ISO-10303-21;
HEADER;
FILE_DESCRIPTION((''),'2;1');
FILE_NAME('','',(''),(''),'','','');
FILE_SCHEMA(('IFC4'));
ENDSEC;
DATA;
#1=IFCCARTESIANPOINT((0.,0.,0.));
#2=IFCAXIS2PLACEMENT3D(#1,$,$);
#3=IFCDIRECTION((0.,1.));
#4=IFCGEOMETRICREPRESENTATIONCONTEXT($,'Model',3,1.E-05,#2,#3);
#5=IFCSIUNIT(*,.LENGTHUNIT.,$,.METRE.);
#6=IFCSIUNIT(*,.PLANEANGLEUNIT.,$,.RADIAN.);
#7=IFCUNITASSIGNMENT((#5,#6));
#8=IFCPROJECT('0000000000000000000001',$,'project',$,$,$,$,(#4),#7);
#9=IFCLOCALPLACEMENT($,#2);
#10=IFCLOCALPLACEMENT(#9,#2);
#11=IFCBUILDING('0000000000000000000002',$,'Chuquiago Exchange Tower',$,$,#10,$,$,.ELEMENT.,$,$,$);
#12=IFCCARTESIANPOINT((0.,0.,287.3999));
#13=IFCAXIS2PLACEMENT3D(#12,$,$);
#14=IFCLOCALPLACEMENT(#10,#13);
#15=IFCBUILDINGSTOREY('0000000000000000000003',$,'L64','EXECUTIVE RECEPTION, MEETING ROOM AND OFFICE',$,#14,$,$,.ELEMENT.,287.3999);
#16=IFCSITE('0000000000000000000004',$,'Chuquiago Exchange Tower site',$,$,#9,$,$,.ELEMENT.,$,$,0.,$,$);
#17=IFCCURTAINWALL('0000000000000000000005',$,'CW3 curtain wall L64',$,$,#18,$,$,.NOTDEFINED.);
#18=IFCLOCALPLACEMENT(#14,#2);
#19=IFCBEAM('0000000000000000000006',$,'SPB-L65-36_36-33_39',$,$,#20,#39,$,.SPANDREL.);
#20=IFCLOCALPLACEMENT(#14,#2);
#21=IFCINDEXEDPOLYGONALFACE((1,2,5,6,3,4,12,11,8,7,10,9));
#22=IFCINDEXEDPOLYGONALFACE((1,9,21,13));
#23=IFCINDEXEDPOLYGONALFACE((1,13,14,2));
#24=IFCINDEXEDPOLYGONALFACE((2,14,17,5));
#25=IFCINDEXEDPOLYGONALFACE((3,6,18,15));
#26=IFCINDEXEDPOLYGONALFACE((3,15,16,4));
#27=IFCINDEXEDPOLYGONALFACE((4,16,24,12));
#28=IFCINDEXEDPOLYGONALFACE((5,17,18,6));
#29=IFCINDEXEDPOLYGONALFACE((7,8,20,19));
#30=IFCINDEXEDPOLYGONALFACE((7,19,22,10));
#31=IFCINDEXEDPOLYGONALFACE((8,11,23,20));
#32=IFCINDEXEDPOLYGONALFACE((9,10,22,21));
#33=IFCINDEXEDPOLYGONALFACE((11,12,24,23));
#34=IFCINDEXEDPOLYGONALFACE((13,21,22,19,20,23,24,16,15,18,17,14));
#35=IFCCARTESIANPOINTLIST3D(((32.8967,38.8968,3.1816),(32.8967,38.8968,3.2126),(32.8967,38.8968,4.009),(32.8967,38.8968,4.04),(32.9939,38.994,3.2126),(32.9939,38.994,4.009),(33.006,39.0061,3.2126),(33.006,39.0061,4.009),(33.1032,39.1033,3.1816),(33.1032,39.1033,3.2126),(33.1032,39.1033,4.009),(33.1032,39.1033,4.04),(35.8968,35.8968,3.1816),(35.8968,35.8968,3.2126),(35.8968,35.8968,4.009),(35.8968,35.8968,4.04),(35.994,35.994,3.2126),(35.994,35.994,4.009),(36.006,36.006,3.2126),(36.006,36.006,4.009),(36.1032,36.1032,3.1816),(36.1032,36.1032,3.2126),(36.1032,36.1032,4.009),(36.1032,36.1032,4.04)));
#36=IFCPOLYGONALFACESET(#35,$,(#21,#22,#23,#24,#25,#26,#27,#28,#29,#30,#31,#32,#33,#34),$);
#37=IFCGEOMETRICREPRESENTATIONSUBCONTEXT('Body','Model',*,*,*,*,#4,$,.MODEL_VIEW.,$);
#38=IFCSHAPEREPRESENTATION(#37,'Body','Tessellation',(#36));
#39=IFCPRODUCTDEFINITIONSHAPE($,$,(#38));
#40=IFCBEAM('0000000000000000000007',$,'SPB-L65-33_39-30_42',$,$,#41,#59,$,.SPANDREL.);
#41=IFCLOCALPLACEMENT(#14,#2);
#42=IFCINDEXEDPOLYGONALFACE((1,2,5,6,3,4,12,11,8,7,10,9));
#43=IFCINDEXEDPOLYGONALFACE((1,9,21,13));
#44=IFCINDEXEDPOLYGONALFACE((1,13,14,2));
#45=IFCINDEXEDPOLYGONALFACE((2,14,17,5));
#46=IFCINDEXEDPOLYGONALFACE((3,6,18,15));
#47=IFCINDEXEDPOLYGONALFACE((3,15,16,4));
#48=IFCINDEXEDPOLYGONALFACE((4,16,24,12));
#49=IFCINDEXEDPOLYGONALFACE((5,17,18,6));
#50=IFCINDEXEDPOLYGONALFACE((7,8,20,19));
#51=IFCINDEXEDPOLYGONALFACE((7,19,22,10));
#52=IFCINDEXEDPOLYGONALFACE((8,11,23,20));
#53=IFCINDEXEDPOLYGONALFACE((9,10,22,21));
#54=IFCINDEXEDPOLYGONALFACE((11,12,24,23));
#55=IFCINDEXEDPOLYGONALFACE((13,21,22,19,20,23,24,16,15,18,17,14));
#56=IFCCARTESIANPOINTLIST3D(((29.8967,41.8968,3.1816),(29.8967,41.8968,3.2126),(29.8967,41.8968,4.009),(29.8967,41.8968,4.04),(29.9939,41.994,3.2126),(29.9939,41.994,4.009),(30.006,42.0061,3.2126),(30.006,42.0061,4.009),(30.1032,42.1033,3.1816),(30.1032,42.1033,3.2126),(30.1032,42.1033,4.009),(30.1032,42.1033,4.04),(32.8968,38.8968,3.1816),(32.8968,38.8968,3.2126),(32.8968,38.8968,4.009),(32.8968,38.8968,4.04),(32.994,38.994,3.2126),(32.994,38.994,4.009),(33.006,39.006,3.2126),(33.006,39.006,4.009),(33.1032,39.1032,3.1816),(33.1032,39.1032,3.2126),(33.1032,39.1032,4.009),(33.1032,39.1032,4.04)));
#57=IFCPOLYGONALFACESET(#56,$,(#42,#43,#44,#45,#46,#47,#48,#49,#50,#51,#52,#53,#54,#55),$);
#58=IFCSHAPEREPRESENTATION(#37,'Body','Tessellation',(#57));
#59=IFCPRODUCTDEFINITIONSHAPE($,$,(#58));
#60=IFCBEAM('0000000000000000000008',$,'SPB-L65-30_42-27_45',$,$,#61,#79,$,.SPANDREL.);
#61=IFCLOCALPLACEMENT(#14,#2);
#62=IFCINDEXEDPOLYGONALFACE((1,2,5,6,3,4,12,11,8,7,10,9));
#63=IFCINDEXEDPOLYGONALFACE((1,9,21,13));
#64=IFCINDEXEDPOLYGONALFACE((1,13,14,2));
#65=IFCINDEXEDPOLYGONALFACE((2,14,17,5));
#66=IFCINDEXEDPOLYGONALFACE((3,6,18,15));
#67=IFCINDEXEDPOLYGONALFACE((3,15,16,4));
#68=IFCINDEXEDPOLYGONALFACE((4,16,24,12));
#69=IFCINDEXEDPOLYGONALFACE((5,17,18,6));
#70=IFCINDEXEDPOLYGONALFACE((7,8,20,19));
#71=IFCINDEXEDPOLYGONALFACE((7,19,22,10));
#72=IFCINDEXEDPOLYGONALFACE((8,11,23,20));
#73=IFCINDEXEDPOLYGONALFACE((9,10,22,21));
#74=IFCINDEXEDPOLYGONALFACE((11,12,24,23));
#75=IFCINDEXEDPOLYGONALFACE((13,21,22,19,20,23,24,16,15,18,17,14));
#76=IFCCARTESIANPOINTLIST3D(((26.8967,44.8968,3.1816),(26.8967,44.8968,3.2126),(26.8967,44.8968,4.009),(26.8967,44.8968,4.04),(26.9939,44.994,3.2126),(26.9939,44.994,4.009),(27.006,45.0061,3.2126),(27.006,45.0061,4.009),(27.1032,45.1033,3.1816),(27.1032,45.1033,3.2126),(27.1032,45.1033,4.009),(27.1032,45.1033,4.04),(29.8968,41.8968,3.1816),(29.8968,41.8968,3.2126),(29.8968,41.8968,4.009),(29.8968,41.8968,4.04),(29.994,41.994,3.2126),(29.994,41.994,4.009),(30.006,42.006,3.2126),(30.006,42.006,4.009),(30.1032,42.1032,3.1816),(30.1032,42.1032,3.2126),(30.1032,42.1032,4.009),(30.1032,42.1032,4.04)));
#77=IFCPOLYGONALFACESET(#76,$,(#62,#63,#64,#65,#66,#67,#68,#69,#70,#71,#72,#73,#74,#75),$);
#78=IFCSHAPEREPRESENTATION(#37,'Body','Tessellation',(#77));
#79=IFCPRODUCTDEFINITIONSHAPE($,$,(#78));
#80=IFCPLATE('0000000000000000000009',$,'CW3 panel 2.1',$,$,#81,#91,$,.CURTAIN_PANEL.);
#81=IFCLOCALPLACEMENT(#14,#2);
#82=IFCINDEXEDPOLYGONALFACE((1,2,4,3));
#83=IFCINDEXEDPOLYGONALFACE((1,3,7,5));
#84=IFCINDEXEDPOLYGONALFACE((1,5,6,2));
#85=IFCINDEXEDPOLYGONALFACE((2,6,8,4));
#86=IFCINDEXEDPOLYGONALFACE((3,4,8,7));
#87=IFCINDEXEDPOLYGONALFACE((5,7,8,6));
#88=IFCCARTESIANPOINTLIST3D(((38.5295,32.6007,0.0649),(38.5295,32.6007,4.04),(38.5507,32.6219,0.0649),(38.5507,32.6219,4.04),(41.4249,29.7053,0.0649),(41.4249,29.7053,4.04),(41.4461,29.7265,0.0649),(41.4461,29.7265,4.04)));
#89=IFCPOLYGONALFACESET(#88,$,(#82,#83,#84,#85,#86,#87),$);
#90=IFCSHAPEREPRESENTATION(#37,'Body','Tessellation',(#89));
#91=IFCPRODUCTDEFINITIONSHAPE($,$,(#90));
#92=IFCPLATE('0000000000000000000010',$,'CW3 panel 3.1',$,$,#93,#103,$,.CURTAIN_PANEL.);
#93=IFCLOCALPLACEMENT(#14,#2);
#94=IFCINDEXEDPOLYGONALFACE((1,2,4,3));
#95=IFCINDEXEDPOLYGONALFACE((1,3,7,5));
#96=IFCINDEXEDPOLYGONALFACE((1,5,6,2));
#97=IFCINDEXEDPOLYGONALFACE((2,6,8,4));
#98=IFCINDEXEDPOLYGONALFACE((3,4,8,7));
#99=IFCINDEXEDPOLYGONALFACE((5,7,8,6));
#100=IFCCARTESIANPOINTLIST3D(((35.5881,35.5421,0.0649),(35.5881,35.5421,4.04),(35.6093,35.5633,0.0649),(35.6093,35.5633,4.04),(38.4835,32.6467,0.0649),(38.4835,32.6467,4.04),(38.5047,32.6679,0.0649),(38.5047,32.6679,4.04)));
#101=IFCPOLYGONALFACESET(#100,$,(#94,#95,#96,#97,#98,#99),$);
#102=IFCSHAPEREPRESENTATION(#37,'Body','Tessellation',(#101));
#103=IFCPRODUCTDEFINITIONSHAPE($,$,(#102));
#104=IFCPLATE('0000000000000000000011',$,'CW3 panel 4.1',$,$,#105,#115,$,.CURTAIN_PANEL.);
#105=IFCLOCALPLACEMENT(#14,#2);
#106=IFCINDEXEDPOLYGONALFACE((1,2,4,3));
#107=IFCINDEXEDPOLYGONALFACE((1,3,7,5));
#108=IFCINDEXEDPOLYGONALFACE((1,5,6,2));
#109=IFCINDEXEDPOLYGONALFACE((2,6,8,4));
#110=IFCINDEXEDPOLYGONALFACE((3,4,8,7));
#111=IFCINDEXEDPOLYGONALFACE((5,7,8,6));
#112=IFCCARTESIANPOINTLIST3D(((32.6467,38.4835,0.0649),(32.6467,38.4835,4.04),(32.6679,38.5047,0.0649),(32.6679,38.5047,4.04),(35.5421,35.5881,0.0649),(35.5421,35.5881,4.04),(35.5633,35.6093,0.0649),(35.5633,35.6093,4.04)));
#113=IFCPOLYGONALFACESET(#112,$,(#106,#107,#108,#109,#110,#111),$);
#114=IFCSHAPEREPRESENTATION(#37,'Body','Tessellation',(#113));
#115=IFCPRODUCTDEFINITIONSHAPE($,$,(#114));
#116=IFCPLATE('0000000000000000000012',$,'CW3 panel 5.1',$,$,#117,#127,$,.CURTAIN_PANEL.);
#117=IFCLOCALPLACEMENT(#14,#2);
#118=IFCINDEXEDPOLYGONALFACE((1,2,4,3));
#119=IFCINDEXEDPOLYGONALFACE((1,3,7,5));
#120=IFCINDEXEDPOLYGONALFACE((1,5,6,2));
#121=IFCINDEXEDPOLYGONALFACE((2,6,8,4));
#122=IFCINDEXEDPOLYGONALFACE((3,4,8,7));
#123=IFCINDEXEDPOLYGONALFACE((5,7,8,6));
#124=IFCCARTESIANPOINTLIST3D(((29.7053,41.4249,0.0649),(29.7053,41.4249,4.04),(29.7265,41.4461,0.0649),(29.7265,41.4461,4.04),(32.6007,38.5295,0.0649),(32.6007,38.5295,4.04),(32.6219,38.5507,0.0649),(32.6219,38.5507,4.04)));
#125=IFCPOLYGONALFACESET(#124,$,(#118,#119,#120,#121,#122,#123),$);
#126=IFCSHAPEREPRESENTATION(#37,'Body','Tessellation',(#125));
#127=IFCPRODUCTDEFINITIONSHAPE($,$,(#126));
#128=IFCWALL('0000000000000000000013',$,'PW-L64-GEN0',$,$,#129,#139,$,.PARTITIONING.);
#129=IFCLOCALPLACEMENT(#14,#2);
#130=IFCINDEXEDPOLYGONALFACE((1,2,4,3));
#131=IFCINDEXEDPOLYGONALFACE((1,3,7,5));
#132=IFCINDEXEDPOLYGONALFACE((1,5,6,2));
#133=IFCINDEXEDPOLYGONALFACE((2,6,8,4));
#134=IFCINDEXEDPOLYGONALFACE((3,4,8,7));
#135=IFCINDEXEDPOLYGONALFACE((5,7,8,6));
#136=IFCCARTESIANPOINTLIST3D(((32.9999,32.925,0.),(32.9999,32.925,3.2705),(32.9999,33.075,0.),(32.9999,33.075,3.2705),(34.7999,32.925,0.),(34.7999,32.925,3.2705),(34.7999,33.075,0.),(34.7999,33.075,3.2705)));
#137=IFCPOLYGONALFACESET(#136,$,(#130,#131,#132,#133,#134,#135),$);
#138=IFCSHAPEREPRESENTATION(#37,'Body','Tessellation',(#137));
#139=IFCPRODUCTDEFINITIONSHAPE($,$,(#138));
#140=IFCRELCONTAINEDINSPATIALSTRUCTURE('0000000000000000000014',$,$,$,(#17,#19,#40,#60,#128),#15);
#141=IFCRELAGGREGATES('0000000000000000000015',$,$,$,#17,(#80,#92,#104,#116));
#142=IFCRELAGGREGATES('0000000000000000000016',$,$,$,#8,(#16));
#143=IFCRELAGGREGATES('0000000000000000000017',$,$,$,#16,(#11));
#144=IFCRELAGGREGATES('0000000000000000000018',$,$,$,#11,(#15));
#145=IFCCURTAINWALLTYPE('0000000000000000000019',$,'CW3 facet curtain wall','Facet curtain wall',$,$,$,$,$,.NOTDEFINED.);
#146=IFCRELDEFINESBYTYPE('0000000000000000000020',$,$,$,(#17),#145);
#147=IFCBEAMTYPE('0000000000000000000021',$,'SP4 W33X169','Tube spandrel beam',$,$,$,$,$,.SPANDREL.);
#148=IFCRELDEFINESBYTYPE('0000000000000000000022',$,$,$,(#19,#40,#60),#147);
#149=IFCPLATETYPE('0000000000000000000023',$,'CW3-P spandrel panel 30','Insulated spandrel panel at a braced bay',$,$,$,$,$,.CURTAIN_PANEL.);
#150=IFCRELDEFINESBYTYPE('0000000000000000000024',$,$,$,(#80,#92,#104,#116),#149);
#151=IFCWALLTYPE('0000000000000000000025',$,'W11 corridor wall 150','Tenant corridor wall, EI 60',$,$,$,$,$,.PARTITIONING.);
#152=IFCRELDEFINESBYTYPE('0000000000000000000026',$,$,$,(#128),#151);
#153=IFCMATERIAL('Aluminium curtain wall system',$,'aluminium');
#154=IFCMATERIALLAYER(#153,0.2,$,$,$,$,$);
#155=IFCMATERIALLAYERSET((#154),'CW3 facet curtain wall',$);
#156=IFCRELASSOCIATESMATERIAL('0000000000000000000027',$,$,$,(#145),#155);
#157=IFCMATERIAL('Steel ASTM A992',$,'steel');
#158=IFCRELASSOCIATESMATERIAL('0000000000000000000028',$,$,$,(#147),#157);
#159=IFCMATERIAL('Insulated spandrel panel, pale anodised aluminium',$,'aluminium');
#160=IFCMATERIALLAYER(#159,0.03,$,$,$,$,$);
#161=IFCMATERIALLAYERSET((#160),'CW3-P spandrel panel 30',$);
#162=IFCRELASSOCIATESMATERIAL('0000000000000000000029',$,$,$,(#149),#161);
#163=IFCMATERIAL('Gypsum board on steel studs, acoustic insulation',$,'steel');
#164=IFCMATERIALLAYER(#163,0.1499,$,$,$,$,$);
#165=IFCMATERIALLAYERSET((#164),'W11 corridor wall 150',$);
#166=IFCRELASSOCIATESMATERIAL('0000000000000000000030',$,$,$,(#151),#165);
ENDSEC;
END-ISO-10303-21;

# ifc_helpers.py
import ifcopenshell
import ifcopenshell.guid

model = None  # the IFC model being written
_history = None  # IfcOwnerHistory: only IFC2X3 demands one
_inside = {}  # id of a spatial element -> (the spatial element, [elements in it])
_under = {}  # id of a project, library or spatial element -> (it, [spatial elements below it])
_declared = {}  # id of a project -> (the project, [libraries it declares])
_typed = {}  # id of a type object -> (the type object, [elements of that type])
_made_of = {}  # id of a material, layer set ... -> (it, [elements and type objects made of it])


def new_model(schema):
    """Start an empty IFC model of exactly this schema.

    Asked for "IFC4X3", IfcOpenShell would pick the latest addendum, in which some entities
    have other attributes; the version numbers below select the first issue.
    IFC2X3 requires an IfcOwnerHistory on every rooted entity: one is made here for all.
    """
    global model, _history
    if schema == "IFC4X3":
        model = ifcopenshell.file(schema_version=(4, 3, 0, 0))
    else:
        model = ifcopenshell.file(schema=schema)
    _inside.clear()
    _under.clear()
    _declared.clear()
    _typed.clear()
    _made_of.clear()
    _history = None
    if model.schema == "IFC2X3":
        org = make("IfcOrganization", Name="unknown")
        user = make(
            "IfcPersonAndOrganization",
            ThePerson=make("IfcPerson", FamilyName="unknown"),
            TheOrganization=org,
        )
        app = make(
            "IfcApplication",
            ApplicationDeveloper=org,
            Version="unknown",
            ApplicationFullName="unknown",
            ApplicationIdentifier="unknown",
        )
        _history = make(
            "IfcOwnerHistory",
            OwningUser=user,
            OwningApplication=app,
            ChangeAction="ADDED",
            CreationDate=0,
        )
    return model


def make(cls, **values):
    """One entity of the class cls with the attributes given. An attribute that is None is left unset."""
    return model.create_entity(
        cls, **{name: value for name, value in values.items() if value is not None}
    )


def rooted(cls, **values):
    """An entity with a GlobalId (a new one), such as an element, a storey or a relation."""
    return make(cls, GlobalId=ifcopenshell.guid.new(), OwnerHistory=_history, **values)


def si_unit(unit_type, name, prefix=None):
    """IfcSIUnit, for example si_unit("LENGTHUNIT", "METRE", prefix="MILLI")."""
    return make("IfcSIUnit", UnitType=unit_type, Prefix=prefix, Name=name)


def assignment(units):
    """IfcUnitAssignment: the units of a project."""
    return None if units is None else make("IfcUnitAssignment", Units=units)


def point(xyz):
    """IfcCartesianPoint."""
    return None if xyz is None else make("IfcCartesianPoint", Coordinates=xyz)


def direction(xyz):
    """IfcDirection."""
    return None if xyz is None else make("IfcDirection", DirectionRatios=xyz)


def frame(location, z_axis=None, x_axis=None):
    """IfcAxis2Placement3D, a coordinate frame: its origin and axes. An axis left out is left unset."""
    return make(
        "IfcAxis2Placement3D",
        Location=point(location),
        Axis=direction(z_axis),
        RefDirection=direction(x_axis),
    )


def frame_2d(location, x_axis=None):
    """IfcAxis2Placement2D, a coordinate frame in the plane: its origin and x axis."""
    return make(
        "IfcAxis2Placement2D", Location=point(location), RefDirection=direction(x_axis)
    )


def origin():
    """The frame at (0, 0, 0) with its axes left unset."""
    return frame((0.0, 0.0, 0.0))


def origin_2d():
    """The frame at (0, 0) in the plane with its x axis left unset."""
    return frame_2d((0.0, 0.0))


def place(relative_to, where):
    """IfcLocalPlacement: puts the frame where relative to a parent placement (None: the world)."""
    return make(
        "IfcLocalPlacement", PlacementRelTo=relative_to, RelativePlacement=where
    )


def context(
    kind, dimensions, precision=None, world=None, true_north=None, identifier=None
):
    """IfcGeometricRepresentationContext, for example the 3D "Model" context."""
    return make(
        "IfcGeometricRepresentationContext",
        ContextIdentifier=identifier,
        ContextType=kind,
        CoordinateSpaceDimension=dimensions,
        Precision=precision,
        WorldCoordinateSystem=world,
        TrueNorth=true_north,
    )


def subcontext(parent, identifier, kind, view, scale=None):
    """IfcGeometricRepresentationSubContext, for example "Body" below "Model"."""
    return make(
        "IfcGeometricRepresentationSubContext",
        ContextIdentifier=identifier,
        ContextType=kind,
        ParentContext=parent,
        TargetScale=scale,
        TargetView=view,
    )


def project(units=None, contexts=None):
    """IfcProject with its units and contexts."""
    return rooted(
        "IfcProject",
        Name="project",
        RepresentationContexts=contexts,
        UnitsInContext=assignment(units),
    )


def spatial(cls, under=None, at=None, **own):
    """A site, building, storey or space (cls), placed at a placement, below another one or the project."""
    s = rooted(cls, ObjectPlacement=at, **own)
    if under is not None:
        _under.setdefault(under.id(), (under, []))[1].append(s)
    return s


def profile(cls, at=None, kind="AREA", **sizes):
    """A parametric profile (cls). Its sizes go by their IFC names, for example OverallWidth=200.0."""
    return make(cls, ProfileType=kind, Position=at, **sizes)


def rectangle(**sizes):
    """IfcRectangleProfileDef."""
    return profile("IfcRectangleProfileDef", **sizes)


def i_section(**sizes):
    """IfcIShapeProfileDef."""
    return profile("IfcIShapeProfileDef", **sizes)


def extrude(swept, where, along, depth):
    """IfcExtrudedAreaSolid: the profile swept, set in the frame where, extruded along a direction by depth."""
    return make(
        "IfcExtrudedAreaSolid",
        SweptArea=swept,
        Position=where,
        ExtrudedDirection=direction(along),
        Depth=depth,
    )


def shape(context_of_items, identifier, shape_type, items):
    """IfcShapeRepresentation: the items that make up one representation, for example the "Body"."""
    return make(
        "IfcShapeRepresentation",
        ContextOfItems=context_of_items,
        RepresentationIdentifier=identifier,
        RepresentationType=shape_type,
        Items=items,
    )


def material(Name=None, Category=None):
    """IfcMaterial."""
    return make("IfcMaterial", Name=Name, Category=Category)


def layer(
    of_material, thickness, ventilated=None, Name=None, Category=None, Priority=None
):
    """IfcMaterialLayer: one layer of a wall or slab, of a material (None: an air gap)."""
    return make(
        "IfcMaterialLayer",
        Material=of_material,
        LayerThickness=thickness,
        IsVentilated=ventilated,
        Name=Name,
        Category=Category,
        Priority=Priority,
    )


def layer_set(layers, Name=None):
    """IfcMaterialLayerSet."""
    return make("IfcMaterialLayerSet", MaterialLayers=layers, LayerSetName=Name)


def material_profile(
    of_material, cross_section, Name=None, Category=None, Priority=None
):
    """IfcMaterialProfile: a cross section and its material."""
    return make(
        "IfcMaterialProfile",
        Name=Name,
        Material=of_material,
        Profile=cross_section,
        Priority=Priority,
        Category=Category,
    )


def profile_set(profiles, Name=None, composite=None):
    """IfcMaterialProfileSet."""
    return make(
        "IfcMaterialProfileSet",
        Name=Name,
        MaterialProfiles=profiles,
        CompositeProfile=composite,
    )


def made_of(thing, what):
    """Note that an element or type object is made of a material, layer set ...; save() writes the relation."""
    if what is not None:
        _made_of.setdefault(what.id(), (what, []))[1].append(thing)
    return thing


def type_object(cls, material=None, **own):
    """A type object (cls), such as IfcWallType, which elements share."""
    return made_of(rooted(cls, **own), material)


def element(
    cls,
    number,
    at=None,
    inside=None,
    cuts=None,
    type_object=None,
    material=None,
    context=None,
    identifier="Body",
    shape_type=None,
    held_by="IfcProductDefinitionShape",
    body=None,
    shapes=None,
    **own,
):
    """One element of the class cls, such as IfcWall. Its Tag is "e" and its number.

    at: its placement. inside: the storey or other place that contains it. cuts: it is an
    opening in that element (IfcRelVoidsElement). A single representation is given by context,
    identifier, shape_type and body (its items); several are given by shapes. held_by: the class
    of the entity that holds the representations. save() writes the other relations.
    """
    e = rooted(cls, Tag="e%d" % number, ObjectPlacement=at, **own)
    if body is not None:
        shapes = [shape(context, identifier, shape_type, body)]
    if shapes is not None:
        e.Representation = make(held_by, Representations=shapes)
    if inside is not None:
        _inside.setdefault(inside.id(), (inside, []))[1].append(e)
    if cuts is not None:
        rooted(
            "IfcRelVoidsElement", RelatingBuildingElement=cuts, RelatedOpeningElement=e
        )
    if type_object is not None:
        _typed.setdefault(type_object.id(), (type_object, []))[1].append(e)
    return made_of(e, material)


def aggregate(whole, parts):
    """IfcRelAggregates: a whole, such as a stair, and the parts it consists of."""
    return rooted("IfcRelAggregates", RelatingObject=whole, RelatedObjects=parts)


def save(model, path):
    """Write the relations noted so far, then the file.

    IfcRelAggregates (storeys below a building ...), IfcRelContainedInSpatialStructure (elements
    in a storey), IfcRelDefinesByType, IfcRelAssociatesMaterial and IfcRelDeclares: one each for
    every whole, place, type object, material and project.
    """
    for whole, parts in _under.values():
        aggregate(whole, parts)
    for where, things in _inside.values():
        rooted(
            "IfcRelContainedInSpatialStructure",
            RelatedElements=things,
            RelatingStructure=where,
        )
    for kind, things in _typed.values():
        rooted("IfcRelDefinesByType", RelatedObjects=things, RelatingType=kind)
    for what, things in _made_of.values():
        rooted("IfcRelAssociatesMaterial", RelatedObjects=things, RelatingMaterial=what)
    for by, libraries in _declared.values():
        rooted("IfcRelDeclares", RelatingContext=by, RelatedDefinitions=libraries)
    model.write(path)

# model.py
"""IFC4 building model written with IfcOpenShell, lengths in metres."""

from ifc_helpers import new_model, si_unit, direction, frame, frame_2d, origin, origin_2d, place, context, subcontext, project, spatial, rectangle, i_section, extrude, material, layer, layer_set, material_profile, profile_set, type_object, element, aggregate, save


model = new_model("IFC4")

# Units and contexts
model_context = context("Model", 3, precision=1e-05, world=origin(), true_north=direction((0.0, 1.0)))
body_context = subcontext(model_context, "Body", "Model", "MODEL_VIEW")
ifc_project = project(units=[si_unit("LENGTHUNIT", "METRE"), si_unit("PLANEANGLEUNIT", "RADIAN")], contexts=[model_context])

# Site, building, storey
site_placement = place(None, origin())
site = spatial("IfcSite", under=ifc_project, at=site_placement, Name="Chuquiago Exchange Tower site", CompositionType="ELEMENT", RefElevation=0.0)
building_placement = place(site_placement, origin())
building = spatial("IfcBuilding", under=site, at=building_placement, Name="Chuquiago Exchange Tower", CompositionType="ELEMENT")
storey_placement = place(building_placement, frame((0.0, 0.0, 287.3999)))
storey = spatial("IfcBuildingStorey", under=building, at=storey_placement, Name="L64", Description="EXECUTIVE RECEPTION, MEETING ROOM AND OFFICE", CompositionType="ELEMENT", Elevation=287.3999)

# Curtain wall
ifc_material_1 = material(Name="Aluminium curtain wall system", Category="aluminium")
ifc_layer_1 = layer(ifc_material_1, 0.2)
ifc_layer_set_1 = layer_set([ifc_layer_1], Name="CW3 facet curtain wall")
curtain_wall_type = type_object("IfcCurtainWallType", Name="CW3 facet curtain wall", Description="Facet curtain wall", PredefinedType="NOTDEFINED", material=ifc_layer_set_1)
curtain_wall_placement = place(storey_placement, origin())
curtain_wall = element("IfcCurtainWall", 1, at=curtain_wall_placement, inside=storey, type_object=curtain_wall_type, Name="CW3 curtain wall L64", PredefinedType="NOTDEFINED")

# Beams
ifc_material_2 = material(Name="Steel ASTM A992", Category="steel")
ifc_material_profile_1 = material_profile(ifc_material_2, i_section(OverallWidth=0.292, OverallDepth=0.8584, WebThickness=0.0171, FlangeThickness=0.031, at=origin_2d()), Name="W33X169")
ifc_profile_set_1 = profile_set([ifc_material_profile_1], Name="Steel ASTM A992")
beam_type_1 = type_object("IfcBeamType", Name="SP4 W33X169", Description="Tube spandrel beam", PredefinedType="SPANDREL", material=ifc_profile_set_1)
for number, where, z_axis, x_axis, name in (
    (2, (36.0, 36.0, 3.6108), (-0.707107, 0.707107, 0.0), (-0.707107, -0.707107, 0.0), "SPB-L65-36_36-33_39"),
    (3, (33.0, 39.0, 3.6108), (-0.707107, 0.707107, 0.0), (-0.707107, -0.707107, 0.0), "SPB-L65-33_39-30_42"),
    (4, (30.0, 42.0, 3.6108), (-0.707107, 0.707107, 0.0), (-0.707107, -0.707107, 0.0), "SPB-L65-30_42-27_45"),
):
    element("IfcBeam", number, at=place(storey_placement, frame(where, z_axis=z_axis, x_axis=x_axis)), inside=storey, type_object=beam_type_1, Name=name, PredefinedType="SPANDREL", context=body_context, shape_type="SweptSolid", body=[
        extrude(i_section(OverallWidth=0.292, OverallDepth=0.8584, WebThickness=0.0171, FlangeThickness=0.031, at=origin_2d()), origin(), (0.0, 0.0, 1.0), 4.2427),
    ])

# Plates
ifc_material_3 = material(Name="Insulated spandrel panel, pale anodised aluminium", Category="aluminium")
ifc_layer_2 = layer(ifc_material_3, 0.03)
ifc_layer_set_2 = layer_set([ifc_layer_2], Name="CW3-P spandrel panel 30")
plate_type = type_object("IfcPlateType", Name="CW3-P spandrel panel 30", Description="Insulated spandrel panel at a braced bay", PredefinedType="CURTAIN_PANEL", material=ifc_layer_set_2)
plate_1_placement = place(storey_placement, frame((39.9878, 31.1636, 0.0649), z_axis=(0.0, 0.0, 1.0), x_axis=(-0.707107, 0.707107, 0.0)))
plate_1 = element("IfcPlate", 5, at=plate_1_placement, type_object=plate_type, Name="CW3 panel 2.1", PredefinedType="CURTAIN_PANEL", context=body_context, shape_type="SweptSolid", body=[
    extrude(rectangle(XDim=4.0947, YDim=0.03, at=origin_2d()), origin(), (0.0, 0.0, 1.0), 3.9751),
])
plate_2_placement = place(storey_placement, frame((37.0464, 34.105, 0.0649), z_axis=(0.0, 0.0, 1.0), x_axis=(-0.707107, 0.707107, 0.0)))
plate_2 = element("IfcPlate", 6, at=plate_2_placement, type_object=plate_type, Name="CW3 panel 3.1", PredefinedType="CURTAIN_PANEL", context=body_context, shape_type="SweptSolid", body=[
    extrude(rectangle(XDim=4.0947, YDim=0.03, at=origin_2d()), origin(), (0.0, 0.0, 1.0), 3.9751),
])
plate_3_placement = place(storey_placement, frame((34.105, 37.0464, 0.0649), z_axis=(0.0, 0.0, 1.0), x_axis=(-0.707107, 0.707107, 0.0)))
plate_3 = element("IfcPlate", 7, at=plate_3_placement, type_object=plate_type, Name="CW3 panel 4.1", PredefinedType="CURTAIN_PANEL", context=body_context, shape_type="SweptSolid", body=[
    extrude(rectangle(XDim=4.0947, YDim=0.03, at=origin_2d()), origin(), (0.0, 0.0, 1.0), 3.9751),
])
plate_4_placement = place(storey_placement, frame((31.1636, 39.9878, 0.0649), z_axis=(0.0, 0.0, 1.0), x_axis=(-0.707107, 0.707107, 0.0)))
plate_4 = element("IfcPlate", 8, at=plate_4_placement, type_object=plate_type, Name="CW3 panel 5.1", PredefinedType="CURTAIN_PANEL", context=body_context, shape_type="SweptSolid", body=[
    extrude(rectangle(XDim=4.0947, YDim=0.03, at=origin_2d()), origin(), (0.0, 0.0, 1.0), 3.9751),
])
aggregate(curtain_wall, [plate_1, plate_2, plate_3, plate_4])

# Wall
ifc_material_4 = material(Name="Gypsum board on steel studs, acoustic insulation", Category="steel")
ifc_layer_3 = layer(ifc_material_4, 0.1499)
ifc_layer_set_3 = layer_set([ifc_layer_3], Name="W11 corridor wall 150")
wall_type_1 = type_object("IfcWallType", Name="W11 corridor wall 150", Description="Tenant corridor wall, EI 60", PredefinedType="PARTITIONING", material=ifc_layer_set_3)
wall_1_placement = place(storey_placement, frame((33.0, 33.0, 0.0), z_axis=(0.0, 0.0, 1.0), x_axis=(1.0, 0.0, 0.0)))
element("IfcWall", 9, at=wall_1_placement, inside=storey, type_object=wall_type_1, Name="PW-L64-GEN0", PredefinedType="PARTITIONING", context=body_context, shape_type="SweptSolid", body=[
    extrude(rectangle(XDim=1.8, YDim=0.1499, at=frame_2d((0.8999, 0.0))), origin(), (0.0, 0.0, 1.0), 3.2705),
])

save(model, "model.ifc")
